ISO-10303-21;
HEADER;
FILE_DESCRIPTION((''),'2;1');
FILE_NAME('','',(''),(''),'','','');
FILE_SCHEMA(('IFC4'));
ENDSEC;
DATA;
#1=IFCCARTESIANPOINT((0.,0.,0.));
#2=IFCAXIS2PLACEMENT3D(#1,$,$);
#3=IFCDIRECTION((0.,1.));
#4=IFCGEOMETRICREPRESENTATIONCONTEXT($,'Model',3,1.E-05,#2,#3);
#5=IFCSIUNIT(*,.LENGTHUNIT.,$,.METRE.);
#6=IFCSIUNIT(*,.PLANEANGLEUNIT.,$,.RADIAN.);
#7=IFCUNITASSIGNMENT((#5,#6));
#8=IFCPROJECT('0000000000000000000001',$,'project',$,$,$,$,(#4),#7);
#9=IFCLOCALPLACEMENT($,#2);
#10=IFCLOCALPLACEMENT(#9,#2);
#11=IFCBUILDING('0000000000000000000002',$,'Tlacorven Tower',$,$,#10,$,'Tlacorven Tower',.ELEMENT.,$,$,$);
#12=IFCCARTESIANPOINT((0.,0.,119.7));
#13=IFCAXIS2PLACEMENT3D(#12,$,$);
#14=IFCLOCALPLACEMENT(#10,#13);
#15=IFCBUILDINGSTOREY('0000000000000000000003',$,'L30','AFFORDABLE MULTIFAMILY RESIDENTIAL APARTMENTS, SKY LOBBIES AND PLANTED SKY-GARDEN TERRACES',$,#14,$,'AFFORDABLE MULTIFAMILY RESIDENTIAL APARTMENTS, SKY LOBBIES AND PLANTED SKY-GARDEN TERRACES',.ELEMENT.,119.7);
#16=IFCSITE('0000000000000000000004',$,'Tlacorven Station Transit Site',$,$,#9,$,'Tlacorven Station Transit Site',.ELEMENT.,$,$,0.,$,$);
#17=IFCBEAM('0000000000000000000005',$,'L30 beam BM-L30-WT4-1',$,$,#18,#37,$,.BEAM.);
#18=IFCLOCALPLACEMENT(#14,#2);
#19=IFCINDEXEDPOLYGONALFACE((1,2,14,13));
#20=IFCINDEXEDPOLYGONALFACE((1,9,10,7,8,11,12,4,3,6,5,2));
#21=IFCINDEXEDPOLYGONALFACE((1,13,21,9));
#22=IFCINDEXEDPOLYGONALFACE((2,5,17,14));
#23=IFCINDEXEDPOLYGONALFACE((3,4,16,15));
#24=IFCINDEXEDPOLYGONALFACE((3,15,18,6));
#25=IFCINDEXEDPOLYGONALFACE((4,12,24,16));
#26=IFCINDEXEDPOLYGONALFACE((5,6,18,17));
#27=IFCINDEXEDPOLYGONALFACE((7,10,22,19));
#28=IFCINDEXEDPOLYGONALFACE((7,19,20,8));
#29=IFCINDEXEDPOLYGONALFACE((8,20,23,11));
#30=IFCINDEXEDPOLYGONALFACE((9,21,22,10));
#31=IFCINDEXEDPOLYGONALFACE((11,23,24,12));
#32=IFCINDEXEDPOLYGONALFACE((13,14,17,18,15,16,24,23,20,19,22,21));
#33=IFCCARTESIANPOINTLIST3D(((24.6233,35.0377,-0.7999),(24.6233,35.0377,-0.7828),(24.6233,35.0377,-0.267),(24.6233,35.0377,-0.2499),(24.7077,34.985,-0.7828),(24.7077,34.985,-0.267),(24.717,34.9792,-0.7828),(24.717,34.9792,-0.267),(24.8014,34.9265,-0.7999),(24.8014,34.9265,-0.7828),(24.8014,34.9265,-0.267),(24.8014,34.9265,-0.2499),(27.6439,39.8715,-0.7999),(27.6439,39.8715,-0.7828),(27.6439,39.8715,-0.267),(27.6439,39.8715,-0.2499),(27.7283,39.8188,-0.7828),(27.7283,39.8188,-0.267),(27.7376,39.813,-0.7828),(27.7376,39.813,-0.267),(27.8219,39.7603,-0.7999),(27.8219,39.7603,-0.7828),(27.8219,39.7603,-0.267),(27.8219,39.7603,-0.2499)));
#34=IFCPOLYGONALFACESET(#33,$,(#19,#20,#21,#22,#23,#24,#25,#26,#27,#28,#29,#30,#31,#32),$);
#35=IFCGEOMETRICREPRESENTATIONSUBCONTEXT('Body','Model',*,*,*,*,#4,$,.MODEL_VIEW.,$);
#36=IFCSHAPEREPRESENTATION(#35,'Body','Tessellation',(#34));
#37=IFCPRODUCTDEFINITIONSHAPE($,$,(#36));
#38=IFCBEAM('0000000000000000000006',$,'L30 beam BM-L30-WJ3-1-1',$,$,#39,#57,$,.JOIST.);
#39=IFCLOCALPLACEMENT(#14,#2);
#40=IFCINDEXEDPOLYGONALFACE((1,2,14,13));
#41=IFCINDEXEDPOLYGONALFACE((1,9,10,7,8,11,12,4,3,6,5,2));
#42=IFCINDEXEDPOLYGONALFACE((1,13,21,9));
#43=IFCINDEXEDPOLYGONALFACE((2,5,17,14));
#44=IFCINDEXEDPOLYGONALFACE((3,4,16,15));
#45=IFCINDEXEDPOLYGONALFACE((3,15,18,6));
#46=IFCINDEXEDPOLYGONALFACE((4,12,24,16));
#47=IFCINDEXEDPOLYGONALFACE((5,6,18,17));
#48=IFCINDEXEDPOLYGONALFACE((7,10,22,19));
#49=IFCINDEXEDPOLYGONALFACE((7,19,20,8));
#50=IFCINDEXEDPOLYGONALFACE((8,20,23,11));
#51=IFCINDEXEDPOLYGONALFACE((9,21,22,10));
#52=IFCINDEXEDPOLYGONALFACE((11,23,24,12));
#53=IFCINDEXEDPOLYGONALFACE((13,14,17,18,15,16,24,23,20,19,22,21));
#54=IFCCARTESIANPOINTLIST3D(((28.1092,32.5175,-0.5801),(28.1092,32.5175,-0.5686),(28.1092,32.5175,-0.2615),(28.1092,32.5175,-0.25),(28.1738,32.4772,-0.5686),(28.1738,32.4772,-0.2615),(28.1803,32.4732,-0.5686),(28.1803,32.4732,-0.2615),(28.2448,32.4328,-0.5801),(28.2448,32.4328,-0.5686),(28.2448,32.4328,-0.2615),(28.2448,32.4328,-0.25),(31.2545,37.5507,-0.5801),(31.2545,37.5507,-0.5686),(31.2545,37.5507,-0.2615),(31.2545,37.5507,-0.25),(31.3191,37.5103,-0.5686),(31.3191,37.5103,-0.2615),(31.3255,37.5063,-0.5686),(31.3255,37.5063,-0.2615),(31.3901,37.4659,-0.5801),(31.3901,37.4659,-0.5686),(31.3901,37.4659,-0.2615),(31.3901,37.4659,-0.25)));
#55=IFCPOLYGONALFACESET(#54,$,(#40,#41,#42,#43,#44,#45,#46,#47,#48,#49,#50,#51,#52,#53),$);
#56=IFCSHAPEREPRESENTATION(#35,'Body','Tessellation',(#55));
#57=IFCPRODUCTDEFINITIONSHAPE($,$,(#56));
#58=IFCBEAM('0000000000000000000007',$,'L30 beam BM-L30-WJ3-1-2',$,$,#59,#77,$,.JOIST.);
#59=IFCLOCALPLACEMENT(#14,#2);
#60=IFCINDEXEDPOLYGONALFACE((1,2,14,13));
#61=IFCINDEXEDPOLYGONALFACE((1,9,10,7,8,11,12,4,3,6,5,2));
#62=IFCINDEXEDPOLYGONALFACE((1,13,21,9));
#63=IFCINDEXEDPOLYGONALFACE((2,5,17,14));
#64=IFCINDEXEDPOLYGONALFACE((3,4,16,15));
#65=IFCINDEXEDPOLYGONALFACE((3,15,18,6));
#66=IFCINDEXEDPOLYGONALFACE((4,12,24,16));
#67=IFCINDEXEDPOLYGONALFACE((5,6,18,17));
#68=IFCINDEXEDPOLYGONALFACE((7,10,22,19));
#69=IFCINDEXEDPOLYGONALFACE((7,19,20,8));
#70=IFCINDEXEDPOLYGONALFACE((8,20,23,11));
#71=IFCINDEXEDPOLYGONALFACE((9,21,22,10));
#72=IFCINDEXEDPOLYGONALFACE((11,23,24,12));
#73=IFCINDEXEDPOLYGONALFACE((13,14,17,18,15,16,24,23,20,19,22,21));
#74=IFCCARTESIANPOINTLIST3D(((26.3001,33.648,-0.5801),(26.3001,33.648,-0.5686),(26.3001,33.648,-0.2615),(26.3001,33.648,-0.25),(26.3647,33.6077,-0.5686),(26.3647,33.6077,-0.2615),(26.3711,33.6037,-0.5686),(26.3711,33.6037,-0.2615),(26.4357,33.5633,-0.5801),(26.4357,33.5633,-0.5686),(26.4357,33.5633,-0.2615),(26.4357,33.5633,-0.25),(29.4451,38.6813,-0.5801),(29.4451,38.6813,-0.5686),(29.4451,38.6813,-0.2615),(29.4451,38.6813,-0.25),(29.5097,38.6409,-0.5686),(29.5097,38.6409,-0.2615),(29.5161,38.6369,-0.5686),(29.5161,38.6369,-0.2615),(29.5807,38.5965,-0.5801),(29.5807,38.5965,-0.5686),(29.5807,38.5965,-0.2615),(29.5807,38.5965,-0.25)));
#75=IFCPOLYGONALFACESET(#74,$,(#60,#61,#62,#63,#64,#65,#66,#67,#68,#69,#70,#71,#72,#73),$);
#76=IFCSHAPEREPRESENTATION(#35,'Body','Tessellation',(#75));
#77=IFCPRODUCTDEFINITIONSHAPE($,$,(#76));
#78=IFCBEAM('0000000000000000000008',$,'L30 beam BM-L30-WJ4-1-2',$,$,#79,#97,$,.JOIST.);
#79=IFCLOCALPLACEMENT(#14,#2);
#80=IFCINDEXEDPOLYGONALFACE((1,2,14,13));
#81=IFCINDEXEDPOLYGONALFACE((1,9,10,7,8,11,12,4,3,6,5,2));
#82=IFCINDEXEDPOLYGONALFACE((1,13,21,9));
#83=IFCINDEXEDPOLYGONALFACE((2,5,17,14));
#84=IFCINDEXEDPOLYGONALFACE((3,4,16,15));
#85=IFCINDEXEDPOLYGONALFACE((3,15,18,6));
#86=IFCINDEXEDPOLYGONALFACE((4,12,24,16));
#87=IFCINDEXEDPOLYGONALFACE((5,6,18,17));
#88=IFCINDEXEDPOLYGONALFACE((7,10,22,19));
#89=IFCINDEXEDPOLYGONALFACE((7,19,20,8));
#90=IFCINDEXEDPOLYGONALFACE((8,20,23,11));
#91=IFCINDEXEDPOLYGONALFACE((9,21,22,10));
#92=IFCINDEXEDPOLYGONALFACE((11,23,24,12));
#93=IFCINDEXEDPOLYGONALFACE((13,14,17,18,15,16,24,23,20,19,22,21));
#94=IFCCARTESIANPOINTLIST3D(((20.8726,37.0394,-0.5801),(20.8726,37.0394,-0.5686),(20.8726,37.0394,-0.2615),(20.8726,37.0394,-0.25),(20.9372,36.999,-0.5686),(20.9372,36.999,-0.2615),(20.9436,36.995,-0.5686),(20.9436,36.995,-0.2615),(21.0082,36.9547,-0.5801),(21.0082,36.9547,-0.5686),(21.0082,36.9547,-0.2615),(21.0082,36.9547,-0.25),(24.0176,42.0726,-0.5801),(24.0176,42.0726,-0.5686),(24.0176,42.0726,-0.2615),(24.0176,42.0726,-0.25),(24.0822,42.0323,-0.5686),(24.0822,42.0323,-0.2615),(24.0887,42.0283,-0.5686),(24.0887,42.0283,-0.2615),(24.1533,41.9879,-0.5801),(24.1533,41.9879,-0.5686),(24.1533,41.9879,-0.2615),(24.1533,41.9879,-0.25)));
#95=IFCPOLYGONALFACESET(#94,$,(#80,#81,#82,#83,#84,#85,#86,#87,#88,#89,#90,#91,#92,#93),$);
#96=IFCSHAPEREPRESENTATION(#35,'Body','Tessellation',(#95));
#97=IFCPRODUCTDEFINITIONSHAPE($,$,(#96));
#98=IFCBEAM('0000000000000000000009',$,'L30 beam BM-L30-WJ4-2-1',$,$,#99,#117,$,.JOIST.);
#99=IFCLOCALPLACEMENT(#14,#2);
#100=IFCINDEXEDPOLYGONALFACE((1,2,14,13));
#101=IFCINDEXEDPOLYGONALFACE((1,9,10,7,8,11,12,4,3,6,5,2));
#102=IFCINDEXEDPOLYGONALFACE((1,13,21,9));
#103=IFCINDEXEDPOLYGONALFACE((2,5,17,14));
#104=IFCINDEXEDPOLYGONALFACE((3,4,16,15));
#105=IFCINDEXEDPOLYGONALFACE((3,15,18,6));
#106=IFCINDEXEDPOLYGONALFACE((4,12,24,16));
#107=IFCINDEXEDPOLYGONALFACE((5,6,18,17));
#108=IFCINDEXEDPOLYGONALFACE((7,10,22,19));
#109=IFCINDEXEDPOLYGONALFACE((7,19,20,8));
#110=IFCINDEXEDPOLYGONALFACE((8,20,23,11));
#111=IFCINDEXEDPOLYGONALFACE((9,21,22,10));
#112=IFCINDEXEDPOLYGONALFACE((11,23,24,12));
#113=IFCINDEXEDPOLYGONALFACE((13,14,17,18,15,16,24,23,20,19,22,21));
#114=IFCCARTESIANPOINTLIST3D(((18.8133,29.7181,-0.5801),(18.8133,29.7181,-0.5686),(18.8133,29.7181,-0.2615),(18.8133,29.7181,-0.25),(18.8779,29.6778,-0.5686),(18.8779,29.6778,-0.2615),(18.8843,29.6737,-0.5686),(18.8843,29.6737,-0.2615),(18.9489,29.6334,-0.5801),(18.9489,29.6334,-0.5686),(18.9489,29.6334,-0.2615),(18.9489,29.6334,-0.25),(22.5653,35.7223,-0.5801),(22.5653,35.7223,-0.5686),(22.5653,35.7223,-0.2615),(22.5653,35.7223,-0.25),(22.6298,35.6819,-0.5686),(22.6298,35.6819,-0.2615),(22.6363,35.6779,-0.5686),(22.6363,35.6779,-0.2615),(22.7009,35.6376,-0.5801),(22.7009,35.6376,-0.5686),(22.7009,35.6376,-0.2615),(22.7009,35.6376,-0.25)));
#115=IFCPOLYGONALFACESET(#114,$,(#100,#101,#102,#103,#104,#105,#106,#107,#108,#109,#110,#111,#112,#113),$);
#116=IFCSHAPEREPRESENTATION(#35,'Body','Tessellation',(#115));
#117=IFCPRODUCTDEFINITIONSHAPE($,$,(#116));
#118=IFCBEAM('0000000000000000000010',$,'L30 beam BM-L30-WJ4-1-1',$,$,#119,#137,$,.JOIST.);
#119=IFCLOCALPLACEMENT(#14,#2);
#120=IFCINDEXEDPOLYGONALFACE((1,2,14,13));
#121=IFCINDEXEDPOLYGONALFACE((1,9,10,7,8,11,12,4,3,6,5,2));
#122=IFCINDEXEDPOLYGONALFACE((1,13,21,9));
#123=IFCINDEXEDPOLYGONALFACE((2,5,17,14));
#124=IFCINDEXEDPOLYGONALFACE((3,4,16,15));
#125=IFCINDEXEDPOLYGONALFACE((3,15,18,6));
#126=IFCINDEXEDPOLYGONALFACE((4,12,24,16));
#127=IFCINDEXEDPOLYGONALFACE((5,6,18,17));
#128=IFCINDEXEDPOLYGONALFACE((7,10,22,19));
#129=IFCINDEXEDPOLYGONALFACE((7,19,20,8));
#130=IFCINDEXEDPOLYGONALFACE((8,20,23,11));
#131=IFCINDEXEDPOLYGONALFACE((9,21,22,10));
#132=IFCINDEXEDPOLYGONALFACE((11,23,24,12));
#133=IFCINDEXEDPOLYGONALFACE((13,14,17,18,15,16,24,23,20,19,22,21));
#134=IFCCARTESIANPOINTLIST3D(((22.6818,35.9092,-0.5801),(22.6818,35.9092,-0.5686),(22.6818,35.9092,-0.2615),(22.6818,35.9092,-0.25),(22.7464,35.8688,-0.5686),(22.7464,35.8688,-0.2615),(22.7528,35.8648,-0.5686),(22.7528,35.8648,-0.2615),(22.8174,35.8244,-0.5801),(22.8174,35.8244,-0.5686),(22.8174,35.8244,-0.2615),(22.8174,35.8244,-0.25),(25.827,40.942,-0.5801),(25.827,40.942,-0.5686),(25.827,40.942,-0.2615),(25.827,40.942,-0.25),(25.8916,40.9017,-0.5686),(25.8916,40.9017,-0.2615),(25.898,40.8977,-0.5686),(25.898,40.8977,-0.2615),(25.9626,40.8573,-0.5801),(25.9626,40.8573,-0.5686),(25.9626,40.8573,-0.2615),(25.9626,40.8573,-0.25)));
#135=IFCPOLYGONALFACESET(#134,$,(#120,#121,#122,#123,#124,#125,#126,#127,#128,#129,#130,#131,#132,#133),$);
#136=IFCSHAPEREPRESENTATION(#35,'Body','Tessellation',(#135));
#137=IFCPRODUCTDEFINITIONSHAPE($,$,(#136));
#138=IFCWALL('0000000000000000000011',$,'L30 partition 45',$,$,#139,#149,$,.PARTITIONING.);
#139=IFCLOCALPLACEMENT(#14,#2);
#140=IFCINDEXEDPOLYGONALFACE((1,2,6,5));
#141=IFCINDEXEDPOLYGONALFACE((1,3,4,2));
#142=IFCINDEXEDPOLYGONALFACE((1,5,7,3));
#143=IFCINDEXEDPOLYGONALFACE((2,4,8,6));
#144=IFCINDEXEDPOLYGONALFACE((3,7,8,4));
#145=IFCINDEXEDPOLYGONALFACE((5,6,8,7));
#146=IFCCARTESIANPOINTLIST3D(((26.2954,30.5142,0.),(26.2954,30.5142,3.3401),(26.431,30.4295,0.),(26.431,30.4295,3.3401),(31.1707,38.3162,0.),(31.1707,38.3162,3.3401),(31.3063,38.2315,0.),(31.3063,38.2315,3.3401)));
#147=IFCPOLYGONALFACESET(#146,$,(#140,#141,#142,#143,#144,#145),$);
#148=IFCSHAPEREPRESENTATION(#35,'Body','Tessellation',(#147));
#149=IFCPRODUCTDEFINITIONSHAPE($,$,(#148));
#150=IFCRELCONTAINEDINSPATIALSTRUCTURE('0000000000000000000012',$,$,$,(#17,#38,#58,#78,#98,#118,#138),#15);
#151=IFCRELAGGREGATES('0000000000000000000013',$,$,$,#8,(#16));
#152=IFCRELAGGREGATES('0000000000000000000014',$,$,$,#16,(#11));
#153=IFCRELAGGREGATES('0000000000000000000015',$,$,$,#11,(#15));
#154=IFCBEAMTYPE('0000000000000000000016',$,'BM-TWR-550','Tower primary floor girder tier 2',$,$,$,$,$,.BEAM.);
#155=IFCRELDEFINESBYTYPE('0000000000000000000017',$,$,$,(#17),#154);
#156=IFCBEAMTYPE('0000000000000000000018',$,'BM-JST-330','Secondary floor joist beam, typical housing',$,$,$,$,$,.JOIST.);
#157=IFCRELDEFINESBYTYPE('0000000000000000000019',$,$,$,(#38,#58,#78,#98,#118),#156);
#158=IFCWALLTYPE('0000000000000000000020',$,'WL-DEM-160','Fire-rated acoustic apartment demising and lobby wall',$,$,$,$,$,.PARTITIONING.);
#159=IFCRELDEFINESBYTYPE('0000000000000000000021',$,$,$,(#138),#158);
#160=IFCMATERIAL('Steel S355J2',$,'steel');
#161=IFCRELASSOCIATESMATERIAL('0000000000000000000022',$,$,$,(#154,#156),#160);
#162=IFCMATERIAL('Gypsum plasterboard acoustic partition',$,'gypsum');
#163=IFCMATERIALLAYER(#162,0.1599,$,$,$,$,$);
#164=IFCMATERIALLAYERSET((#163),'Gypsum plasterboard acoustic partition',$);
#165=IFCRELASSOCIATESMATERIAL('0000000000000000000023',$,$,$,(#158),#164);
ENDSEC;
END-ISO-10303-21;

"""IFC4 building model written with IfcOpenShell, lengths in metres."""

from ifc_helpers import new_model, si_unit, direction, frame, frame_2d, origin, origin_2d, place, context, subcontext, project, spatial, rectangle, i_section, extrude, source, transform, mapped, material, layer, layer_set, material_profile, profile_set, type_object, element, save


model = new_model("IFC4")

# Units and contexts
model_context = context("Model", 3, precision=1e-05, world=origin(), true_north=direction((0.0, 1.0)))
body_context = subcontext(model_context, "Body", "Model", "MODEL_VIEW")
ifc_project = project(units=[si_unit("LENGTHUNIT", "METRE"), si_unit("PLANEANGLEUNIT", "RADIAN")], contexts=[model_context])

# Site, building, storey
site_placement = place(None, origin())
site = spatial("IfcSite", under=ifc_project, at=site_placement, Name="Tlacorven Station Transit Site", LongName="Tlacorven Station Transit Site", CompositionType="ELEMENT", RefElevation=0.0)
building_placement = place(site_placement, origin())
building = spatial("IfcBuilding", under=site, at=building_placement, Name="Tlacorven Tower", LongName="Tlacorven Tower", CompositionType="ELEMENT")
storey_placement = place(building_placement, frame((0.0, 0.0, 119.7)))
storey = spatial("IfcBuildingStorey", under=building, at=storey_placement, Name="L30", Description="AFFORDABLE MULTIFAMILY RESIDENTIAL APARTMENTS, SKY LOBBIES AND PLANTED SKY-GARDEN TERRACES", LongName="AFFORDABLE MULTIFAMILY RESIDENTIAL APARTMENTS, SKY LOBBIES AND PLANTED SKY-GARDEN TERRACES", CompositionType="ELEMENT", Elevation=119.7)

# Beams
ifc_material_1 = material(Name="Steel S355J2", Category="steel")
ifc_material_profile_1 = material_profile(ifc_material_1, i_section(OverallWidth=0.21, OverallDepth=0.55, WebThickness=0.011, FlangeThickness=0.0171, at=origin_2d()), Name="IPE 550")
ifc_profile_set_1 = profile_set([ifc_material_profile_1], Name="Steel S355J2")
beam_type_1 = type_object("IfcBeamType", Name="BM-TWR-550", Description="Tower primary floor girder tier 2", PredefinedType="BEAM", material=ifc_profile_set_1)
shared_shape_1 = source(origin(), body_context, "Body", "SweptSolid", [
    extrude(i_section(OverallWidth=0.21, OverallDepth=0.55, WebThickness=0.011, FlangeThickness=0.0171, at=origin_2d()), origin(), (0.0, 0.0, 1.0), 5.7),
])
beam_1_placement = place(storey_placement, frame((27.7329, 39.8159, -0.5249), z_axis=(-0.529926, -0.848044, 0.0), x_axis=(0.848044, -0.529926, 0.0)))
element("IfcBeam", 1, at=beam_1_placement, inside=storey, type_object=beam_type_1, Name="L30 beam BM-L30-WT4-1", PredefinedType="BEAM", context=body_context, shape_type="MappedRepresentation", body=[
    mapped(shared_shape_1, transform((0.0, 0.0, 0.0), scale=1.0)),
])
ifc_material_profile_2 = material_profile(ifc_material_1, i_section(OverallWidth=0.1599, OverallDepth=0.3301, WebThickness=0.0076, FlangeThickness=0.0115, at=origin_2d()), Name="IPE 330")
ifc_profile_set_2 = profile_set([ifc_material_profile_2], Name="Steel S355J2")
beam_type_2 = type_object("IfcBeamType", Name="BM-JST-330", Description="Secondary floor joist beam, typical housing", PredefinedType="JOIST", material=ifc_profile_set_2)
shared_shape_2 = source(origin(), body_context, "Body", "SweptSolid", [
    extrude(i_section(OverallWidth=0.1599, OverallDepth=0.3301, WebThickness=0.0076, FlangeThickness=0.0115, at=origin_2d()), origin(), (0.0, 0.0, 1.0), 5.9351),
])
for number, where, z_axis, x_axis, name in (
    (2, (31.3223, 37.5083, -0.415), (-0.52994, -0.848035, 0.0), (0.848035, -0.52994, 0.0), "L30 beam BM-L30-WJ3-1-1"),
    (3, (29.5129, 38.6389, -0.415), (-0.52991, -0.848054, 0.0), (0.848054, -0.52991, 0.0), "L30 beam BM-L30-WJ3-1-2"),
    (4, (24.0854, 42.0303, -0.415), (-0.52991, -0.848054, 0.0), (0.848054, -0.52991, 0.0), "L30 beam BM-L30-WJ4-1-2"),
):
    element("IfcBeam", number, at=place(storey_placement, frame(where, z_axis=z_axis, x_axis=x_axis)), inside=storey, type_object=beam_type_2, Name=name, PredefinedType="JOIST", context=body_context, shape_type="MappedRepresentation", body=[
        mapped(shared_shape_2, transform((0.0, 0.0, 0.0), scale=1.0)),
    ])
shared_shape_3 = source(origin(), body_context, "Body", "SweptSolid", [
    extrude(i_section(OverallWidth=0.1599, OverallDepth=0.3301, WebThickness=0.0076, FlangeThickness=0.0115, at=origin_2d()), origin(), (0.0, 0.0, 1.0), 7.0801),
])
beam_2_placement = place(storey_placement, frame((22.6331, 35.6799, -0.415), z_axis=(-0.529934, -0.848039, 0.0), x_axis=(0.848039, -0.529934, 0.0)))
element("IfcBeam", 5, at=beam_2_placement, inside=storey, type_object=beam_type_2, Name="L30 beam BM-L30-WJ4-2-1", PredefinedType="JOIST", context=body_context, shape_type="MappedRepresentation", body=[
    mapped(shared_shape_3, transform((0.0, 0.0, 0.0), scale=1.0)),
])
shared_shape_4 = source(origin(), body_context, "Body", "SweptSolid", [
    extrude(i_section(OverallWidth=0.1599, OverallDepth=0.3301, WebThickness=0.0076, FlangeThickness=0.0115, at=origin_2d()), origin(), (0.0, 0.0, 1.0), 5.9348),
])
beam_3_placement = place(storey_placement, frame((25.8948, 40.8997, -0.415), z_axis=(-0.529958, -0.848024, 0.0), x_axis=(0.848024, -0.529958, 0.0)))
element("IfcBeam", 6, at=beam_3_placement, inside=storey, type_object=beam_type_2, Name="L30 beam BM-L30-WJ4-1-1", PredefinedType="JOIST", context=body_context, shape_type="MappedRepresentation", body=[
    mapped(shared_shape_4, transform((0.0, 0.0, 0.0), scale=1.0)),
])

# Wall
ifc_material_2 = material(Name="Gypsum plasterboard acoustic partition", Category="gypsum")
ifc_layer_1 = layer(ifc_material_2, 0.1599)
ifc_layer_set_1 = layer_set([ifc_layer_1], Name="Gypsum plasterboard acoustic partition")
wall_type_1 = type_object("IfcWallType", Name="WL-DEM-160", Description="Fire-rated acoustic apartment demising and lobby wall", PredefinedType="PARTITIONING", material=ifc_layer_set_1)
wall_1_placement = place(storey_placement, frame((31.2385, 38.2739, 0.0), z_axis=(0.0, 0.0, 1.0), x_axis=(-0.52992, -0.848047, 0.0)))
element("IfcWall", 7, at=wall_1_placement, inside=storey, type_object=wall_type_1, Name="L30 partition 45", PredefinedType="PARTITIONING", context=body_context, shape_type="SweptSolid", body=[
    extrude(rectangle(XDim=9.2, YDim=0.1599, at=frame_2d((4.6001, 0.0))), origin(), (0.0, 0.0, 1.0), 3.3401),
])

save(model, "model.ifc")
